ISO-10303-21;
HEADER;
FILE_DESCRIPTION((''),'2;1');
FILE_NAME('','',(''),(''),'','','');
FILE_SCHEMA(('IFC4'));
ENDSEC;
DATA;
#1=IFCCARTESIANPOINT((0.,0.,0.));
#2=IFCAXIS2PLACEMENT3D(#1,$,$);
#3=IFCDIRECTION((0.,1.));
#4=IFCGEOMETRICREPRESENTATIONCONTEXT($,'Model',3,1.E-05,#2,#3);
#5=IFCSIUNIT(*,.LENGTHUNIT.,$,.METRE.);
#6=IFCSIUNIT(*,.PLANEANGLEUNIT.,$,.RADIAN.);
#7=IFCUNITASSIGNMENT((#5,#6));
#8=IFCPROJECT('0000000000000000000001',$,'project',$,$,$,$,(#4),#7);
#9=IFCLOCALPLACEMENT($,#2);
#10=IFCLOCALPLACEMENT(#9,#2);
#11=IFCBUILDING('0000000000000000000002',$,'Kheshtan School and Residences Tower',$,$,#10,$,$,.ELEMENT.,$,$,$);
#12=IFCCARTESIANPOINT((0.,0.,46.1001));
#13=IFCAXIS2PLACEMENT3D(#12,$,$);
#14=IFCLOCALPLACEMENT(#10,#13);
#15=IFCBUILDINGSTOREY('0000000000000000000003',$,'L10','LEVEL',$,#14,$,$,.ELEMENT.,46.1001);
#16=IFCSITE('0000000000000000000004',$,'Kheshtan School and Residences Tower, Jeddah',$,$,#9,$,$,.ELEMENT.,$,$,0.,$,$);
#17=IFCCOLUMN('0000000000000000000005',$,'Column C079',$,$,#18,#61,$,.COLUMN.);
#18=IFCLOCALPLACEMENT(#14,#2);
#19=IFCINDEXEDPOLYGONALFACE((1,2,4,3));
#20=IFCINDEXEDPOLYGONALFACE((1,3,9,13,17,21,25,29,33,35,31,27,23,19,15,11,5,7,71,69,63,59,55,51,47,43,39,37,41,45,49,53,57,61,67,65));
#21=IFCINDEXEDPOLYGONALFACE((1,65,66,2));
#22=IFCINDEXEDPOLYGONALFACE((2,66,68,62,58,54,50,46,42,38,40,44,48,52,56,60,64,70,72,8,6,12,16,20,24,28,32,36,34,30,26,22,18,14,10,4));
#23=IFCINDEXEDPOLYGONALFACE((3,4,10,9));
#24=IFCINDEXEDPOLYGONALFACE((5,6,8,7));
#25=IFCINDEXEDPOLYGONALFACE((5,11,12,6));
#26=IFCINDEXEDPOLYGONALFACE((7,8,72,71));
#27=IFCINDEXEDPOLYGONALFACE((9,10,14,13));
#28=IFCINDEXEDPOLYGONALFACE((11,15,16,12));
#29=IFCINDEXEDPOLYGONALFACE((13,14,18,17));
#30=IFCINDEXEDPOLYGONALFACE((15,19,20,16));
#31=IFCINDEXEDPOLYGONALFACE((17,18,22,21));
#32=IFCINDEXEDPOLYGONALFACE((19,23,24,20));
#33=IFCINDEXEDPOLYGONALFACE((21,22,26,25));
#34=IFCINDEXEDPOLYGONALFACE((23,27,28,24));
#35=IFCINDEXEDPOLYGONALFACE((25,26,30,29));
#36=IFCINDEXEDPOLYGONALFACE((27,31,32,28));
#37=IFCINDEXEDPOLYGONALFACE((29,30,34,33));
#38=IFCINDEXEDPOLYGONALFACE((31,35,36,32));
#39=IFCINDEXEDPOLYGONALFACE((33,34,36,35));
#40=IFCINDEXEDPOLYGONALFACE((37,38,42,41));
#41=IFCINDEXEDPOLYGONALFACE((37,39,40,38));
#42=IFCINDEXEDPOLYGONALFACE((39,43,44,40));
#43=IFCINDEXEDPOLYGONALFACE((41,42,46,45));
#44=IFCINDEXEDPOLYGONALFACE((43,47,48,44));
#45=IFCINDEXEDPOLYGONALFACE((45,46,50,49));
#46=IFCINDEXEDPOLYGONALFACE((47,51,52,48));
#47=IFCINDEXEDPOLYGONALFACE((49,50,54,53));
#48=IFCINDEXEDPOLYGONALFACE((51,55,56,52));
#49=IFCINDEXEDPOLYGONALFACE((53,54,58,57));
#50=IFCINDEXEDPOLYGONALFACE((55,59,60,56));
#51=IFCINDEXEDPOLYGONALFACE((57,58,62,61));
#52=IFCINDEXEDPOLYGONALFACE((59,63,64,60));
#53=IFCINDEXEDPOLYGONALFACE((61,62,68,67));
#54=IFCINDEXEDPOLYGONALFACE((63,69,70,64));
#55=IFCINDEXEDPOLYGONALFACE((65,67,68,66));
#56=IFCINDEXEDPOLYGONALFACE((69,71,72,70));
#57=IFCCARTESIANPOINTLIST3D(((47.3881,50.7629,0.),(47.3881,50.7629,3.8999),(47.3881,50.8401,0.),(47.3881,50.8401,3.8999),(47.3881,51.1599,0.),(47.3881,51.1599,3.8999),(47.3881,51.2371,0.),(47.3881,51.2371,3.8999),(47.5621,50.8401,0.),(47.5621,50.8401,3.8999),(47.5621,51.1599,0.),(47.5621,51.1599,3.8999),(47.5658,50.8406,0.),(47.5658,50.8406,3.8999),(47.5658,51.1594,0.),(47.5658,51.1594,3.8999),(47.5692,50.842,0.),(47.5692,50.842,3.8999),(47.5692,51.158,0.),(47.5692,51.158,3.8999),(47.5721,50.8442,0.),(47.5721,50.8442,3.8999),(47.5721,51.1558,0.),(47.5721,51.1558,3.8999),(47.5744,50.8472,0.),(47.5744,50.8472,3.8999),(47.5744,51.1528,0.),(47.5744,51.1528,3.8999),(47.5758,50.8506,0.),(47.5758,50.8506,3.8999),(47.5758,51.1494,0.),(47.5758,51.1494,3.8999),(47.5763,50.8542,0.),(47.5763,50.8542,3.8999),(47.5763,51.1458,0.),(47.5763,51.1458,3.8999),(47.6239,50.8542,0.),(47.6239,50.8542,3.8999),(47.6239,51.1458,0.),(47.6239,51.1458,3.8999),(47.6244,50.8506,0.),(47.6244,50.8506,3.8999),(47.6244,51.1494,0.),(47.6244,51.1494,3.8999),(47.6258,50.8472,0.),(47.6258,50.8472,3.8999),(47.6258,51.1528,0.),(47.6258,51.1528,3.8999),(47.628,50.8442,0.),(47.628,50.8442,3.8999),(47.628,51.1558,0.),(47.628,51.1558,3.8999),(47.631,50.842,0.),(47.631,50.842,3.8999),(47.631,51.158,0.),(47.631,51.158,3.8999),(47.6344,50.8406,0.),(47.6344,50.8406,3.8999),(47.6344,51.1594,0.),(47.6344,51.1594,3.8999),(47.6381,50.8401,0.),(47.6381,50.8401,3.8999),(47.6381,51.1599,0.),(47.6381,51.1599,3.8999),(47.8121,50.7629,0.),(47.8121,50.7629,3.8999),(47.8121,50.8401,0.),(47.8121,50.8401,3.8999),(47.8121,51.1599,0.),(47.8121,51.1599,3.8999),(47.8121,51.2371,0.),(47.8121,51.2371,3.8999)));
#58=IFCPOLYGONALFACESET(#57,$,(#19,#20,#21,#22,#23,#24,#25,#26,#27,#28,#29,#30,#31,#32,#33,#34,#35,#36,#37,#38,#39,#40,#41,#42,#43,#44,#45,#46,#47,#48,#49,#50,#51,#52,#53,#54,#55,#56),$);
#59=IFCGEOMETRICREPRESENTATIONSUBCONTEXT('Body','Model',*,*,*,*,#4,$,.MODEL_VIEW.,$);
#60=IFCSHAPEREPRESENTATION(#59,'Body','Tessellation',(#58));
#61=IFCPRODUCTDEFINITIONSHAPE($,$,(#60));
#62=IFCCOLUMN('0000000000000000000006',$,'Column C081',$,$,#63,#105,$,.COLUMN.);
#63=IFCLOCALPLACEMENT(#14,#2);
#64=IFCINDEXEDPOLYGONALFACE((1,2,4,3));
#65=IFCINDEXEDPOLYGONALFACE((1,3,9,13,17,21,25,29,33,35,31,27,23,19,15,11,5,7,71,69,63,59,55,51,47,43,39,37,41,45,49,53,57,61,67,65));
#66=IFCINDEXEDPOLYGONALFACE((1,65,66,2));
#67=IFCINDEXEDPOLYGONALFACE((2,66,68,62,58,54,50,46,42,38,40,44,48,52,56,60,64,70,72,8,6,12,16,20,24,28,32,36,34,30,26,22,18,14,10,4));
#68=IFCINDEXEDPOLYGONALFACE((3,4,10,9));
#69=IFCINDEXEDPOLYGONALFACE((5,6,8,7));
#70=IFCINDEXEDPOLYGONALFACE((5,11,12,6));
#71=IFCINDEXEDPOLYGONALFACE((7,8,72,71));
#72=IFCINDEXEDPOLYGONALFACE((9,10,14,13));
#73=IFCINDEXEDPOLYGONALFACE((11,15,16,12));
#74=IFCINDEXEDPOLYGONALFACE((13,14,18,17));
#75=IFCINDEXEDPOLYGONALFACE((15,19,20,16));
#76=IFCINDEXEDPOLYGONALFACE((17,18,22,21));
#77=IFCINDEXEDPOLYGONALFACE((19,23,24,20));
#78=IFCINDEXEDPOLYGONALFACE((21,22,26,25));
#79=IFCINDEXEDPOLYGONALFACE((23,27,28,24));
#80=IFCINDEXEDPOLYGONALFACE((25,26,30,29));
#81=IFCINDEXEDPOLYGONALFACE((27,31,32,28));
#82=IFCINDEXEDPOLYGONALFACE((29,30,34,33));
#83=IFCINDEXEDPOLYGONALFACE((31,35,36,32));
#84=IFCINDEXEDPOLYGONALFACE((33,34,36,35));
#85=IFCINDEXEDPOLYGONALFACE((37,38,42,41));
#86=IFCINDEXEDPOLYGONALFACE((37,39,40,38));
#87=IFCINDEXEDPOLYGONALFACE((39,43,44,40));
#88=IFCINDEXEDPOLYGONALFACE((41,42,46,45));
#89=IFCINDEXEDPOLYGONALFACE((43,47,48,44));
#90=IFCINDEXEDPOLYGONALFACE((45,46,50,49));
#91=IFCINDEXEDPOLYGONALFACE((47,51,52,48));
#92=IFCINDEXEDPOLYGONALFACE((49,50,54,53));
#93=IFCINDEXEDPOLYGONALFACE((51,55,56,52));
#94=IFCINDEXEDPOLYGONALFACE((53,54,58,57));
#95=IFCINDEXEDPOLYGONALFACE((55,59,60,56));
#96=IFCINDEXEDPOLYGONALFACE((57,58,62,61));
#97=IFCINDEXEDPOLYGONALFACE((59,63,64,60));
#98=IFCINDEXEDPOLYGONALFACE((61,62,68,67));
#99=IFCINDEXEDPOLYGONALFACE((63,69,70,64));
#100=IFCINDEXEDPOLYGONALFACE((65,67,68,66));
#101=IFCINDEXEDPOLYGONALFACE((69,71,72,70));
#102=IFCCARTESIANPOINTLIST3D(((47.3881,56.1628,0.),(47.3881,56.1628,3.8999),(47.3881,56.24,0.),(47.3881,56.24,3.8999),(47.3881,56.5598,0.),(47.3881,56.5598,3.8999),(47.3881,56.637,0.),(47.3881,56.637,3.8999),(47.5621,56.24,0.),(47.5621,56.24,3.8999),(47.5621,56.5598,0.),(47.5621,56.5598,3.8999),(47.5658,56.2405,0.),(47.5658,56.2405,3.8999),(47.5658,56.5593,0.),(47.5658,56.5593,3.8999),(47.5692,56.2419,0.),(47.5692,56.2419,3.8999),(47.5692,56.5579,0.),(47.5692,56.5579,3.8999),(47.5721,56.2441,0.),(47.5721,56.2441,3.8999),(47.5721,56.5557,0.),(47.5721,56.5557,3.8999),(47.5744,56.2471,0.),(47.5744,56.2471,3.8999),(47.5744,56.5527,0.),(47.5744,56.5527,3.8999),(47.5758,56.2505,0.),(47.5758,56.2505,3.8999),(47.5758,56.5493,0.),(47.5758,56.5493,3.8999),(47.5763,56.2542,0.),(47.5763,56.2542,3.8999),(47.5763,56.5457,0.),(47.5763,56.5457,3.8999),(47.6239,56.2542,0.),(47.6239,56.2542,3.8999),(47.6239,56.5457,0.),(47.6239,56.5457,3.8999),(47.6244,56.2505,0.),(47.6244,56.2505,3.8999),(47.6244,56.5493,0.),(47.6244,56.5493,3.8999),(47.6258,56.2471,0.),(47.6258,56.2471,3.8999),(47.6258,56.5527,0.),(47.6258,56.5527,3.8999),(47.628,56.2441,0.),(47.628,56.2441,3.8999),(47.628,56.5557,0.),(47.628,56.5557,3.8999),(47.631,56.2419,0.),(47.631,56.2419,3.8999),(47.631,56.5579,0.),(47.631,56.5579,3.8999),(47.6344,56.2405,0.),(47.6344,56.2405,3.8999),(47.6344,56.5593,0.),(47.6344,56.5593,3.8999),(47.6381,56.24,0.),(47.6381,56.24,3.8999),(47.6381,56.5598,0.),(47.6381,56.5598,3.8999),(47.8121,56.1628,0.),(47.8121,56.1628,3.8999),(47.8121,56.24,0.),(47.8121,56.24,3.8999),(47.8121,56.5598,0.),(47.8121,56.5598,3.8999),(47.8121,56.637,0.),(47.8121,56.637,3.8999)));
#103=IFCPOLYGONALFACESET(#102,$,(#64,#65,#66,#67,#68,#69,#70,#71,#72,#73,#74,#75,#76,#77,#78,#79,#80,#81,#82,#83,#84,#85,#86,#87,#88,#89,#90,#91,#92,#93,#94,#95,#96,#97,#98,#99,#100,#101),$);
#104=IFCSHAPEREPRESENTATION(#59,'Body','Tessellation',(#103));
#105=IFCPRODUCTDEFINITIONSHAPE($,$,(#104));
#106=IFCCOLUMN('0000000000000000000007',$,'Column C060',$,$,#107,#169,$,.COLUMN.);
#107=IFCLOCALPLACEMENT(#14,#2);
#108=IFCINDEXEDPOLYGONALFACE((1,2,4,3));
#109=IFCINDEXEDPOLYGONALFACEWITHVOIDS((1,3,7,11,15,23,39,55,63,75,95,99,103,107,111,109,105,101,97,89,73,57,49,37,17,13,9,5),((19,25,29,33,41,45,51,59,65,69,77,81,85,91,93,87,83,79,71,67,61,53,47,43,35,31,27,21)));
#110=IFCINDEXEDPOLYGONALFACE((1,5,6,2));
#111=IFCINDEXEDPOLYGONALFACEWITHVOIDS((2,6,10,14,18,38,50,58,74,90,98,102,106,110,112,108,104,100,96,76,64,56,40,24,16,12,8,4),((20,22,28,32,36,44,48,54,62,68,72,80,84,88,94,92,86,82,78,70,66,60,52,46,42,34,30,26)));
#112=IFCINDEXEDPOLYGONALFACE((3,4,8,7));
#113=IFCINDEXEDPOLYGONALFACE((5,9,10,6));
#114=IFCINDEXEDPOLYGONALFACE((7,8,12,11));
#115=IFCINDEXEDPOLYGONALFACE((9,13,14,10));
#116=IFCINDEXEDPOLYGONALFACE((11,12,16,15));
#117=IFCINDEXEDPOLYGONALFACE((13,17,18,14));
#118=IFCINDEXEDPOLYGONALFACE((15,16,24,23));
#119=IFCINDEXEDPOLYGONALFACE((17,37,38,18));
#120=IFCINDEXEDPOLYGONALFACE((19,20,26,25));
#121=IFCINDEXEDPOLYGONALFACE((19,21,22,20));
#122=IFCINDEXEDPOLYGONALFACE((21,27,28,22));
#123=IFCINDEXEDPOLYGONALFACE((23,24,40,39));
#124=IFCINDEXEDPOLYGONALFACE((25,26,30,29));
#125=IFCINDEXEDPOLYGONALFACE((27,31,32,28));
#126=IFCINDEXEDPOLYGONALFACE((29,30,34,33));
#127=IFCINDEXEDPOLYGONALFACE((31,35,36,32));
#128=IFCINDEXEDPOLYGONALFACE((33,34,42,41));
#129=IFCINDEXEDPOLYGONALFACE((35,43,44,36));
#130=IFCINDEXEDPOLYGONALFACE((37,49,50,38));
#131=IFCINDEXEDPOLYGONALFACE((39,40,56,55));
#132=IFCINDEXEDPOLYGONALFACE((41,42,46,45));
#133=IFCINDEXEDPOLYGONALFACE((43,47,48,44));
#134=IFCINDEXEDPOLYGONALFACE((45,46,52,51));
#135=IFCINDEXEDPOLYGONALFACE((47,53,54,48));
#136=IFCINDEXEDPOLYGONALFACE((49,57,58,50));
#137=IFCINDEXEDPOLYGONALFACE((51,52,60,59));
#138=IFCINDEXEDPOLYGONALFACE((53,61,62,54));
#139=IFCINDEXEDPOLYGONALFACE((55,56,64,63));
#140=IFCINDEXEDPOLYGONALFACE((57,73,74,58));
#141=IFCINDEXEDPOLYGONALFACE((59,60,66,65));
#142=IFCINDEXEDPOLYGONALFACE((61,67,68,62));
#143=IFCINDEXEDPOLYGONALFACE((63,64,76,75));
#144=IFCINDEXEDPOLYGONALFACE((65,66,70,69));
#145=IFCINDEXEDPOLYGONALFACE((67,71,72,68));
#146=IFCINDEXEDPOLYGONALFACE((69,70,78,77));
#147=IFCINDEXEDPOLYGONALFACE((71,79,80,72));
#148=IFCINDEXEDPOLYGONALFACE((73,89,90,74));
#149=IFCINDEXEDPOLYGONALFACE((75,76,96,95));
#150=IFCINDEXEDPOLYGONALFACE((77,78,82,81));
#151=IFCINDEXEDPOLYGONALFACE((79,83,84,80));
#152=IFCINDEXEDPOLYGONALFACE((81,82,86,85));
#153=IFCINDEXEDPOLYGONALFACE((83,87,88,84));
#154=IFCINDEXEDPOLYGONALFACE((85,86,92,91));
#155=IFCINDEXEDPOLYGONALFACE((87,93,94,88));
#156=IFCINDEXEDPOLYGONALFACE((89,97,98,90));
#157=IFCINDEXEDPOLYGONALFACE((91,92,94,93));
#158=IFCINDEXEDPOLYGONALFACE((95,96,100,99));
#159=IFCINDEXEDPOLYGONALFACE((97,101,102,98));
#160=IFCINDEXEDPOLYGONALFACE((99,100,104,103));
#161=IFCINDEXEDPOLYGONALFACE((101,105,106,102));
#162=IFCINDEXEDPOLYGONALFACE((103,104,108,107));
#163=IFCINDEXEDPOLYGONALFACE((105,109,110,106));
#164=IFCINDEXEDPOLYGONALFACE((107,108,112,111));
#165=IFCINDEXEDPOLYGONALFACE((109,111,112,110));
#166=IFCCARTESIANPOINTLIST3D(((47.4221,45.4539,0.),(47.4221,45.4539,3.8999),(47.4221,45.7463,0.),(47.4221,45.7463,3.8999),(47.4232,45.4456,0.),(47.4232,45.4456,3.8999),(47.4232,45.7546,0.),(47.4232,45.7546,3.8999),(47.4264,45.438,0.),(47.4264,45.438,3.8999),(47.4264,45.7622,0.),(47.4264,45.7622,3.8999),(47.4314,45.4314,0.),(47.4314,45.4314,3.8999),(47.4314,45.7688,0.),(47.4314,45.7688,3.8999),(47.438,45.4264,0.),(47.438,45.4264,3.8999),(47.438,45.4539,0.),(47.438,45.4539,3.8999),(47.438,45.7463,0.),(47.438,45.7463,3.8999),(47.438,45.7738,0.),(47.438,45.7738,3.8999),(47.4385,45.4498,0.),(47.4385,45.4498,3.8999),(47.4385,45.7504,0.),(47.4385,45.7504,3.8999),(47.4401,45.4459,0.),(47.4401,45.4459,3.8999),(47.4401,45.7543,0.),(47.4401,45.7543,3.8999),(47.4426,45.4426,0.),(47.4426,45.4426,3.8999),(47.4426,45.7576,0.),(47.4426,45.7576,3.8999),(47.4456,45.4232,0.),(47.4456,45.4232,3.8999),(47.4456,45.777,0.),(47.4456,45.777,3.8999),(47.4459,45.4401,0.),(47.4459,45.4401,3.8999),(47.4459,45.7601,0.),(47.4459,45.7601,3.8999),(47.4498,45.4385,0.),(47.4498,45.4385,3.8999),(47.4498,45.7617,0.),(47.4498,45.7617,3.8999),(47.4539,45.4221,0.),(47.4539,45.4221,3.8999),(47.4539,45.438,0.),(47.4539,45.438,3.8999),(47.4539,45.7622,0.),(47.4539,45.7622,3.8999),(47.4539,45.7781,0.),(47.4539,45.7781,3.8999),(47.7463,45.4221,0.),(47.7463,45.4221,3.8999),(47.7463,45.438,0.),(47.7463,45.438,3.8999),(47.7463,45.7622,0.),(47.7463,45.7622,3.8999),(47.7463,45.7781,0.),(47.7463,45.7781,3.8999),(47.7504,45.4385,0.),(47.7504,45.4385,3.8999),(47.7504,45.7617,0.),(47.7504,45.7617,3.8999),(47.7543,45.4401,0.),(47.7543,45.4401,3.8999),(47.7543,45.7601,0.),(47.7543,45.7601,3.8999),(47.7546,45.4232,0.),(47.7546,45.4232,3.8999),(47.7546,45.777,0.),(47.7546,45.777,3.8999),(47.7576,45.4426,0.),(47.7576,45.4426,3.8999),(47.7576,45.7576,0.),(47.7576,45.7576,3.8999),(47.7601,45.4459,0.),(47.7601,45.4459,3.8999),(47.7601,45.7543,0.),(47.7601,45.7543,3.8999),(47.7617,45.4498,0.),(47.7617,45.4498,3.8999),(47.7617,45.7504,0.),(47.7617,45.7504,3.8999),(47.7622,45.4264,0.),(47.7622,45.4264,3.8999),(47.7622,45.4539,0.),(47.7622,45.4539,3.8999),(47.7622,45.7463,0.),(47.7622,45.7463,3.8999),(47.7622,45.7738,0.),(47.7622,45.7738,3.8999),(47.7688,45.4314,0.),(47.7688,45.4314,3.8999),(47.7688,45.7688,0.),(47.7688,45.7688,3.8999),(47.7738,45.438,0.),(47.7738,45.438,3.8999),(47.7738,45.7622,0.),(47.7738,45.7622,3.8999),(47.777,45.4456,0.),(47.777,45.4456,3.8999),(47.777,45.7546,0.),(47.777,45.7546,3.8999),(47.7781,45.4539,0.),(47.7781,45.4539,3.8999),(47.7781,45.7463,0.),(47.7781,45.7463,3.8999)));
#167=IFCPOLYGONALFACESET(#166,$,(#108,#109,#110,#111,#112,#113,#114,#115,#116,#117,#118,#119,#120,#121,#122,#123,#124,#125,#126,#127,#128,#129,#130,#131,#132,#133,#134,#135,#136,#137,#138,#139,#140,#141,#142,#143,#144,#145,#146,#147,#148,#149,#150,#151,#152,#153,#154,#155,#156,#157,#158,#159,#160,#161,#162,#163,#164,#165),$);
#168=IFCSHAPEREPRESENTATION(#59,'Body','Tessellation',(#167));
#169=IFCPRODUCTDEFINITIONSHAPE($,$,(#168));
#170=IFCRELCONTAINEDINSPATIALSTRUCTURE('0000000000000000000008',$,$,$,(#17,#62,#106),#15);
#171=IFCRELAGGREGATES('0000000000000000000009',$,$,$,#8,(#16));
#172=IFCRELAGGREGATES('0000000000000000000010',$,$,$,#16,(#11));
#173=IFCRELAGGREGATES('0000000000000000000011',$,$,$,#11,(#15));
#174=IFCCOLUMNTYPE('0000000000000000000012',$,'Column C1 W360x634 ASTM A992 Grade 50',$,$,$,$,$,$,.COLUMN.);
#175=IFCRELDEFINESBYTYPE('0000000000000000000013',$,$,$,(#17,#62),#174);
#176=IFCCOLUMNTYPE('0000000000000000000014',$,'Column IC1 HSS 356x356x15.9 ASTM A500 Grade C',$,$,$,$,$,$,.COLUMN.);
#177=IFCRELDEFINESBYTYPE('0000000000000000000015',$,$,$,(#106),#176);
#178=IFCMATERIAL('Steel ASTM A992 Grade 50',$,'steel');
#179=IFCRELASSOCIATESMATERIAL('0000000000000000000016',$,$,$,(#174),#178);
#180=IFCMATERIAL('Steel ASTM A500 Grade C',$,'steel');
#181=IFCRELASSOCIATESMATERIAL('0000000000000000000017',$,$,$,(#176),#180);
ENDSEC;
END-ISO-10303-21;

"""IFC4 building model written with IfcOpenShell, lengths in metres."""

from ifc_helpers import new_model, si_unit, direction, frame, origin, origin_2d, place, context, subcontext, project, spatial, hollow_rectangle, i_section, extrude, material, material_profile, profile_set, type_object, element, save


model = new_model("IFC4")

# Units and contexts
model_context = context("Model", 3, precision=1e-05, world=origin(), true_north=direction((0.0, 1.0)))
body_context = subcontext(model_context, "Body", "Model", "MODEL_VIEW")
ifc_project = project(units=[si_unit("LENGTHUNIT", "METRE"), si_unit("PLANEANGLEUNIT", "RADIAN")], contexts=[model_context])

# Site, building, storey
site_placement = place(None, origin())
site = spatial("IfcSite", under=ifc_project, at=site_placement, Name="Kheshtan School and Residences Tower, Jeddah", CompositionType="ELEMENT", RefElevation=0.0)
building_placement = place(site_placement, origin())
building = spatial("IfcBuilding", under=site, at=building_placement, Name="Kheshtan School and Residences Tower", CompositionType="ELEMENT")
storey_placement = place(building_placement, frame((0.0, 0.0, 46.1001)))
storey = spatial("IfcBuildingStorey", under=building, at=storey_placement, Name="L10", Description="LEVEL", CompositionType="ELEMENT", Elevation=46.1001)

# Columns
ifc_material_1 = material(Name="Steel ASTM A992 Grade 50", Category="steel")
ifc_material_profile_1 = material_profile(ifc_material_1, i_section(OverallWidth=0.4241, OverallDepth=0.4741, WebThickness=0.0476, FlangeThickness=0.0771, FilletRadius=0.0142, at=origin_2d()), Name="W360x634")
ifc_profile_set_1 = profile_set([ifc_material_profile_1], Name="Steel ASTM A992 Grade 50")
column_type_1 = type_object("IfcColumnType", Name="Column C1 W360x634 ASTM A992 Grade 50", PredefinedType="COLUMN", material=ifc_profile_set_1)
for number, where, z_axis, x_axis, name in (
    (1, (47.6001, 51.0, 0.0), (0.0, 0.0, 1.0), (1.0, 0.0, 0.0), "Column C079"),
    (2, (47.6001, 56.3999, 0.0), (0.0, 0.0, 1.0), (1.0, 0.0, 0.0), "Column C081"),
):
    element("IfcColumn", number, at=place(storey_placement, frame(where, z_axis=z_axis, x_axis=x_axis)), inside=storey, type_object=column_type_1, Name=name, PredefinedType="COLUMN", context=body_context, shape_type="SweptSolid", body=[
        extrude(i_section(OverallWidth=0.4241, OverallDepth=0.4741, WebThickness=0.0476, FlangeThickness=0.0771, FilletRadius=0.0142, at=origin_2d()), origin(), (0.0, 0.0, 1.0), 3.8999),
    ])
ifc_material_2 = material(Name="Steel ASTM A500 Grade C", Category="steel")
ifc_material_profile_2 = material_profile(ifc_material_2, hollow_rectangle(XDim=0.356, YDim=0.356, WallThickness=0.0159, InnerFilletRadius=0.0159, OuterFilletRadius=0.0317, at=origin_2d()), Name="HSS 356x356x15.9")
ifc_profile_set_2 = profile_set([ifc_material_profile_2], Name="Steel ASTM A500 Grade C")
column_type_2 = type_object("IfcColumnType", Name="Column IC1 HSS 356x356x15.9 ASTM A500 Grade C", PredefinedType="COLUMN", material=ifc_profile_set_2)
column_placement = place(storey_placement, frame((47.6001, 45.6001, 0.0), z_axis=(0.0, 0.0, 1.0), x_axis=(1.0, 0.0, 0.0)))
element("IfcColumn", 3, at=column_placement, inside=storey, type_object=column_type_2, Name="Column C060", PredefinedType="COLUMN", context=body_context, shape_type="SweptSolid", body=[
    extrude(hollow_rectangle(XDim=0.356, YDim=0.356, WallThickness=0.0159, InnerFilletRadius=0.0159, OuterFilletRadius=0.0317, at=origin_2d()), origin(), (0.0, 0.0, 1.0), 3.8999),
])

save(model, "model.ifc")
